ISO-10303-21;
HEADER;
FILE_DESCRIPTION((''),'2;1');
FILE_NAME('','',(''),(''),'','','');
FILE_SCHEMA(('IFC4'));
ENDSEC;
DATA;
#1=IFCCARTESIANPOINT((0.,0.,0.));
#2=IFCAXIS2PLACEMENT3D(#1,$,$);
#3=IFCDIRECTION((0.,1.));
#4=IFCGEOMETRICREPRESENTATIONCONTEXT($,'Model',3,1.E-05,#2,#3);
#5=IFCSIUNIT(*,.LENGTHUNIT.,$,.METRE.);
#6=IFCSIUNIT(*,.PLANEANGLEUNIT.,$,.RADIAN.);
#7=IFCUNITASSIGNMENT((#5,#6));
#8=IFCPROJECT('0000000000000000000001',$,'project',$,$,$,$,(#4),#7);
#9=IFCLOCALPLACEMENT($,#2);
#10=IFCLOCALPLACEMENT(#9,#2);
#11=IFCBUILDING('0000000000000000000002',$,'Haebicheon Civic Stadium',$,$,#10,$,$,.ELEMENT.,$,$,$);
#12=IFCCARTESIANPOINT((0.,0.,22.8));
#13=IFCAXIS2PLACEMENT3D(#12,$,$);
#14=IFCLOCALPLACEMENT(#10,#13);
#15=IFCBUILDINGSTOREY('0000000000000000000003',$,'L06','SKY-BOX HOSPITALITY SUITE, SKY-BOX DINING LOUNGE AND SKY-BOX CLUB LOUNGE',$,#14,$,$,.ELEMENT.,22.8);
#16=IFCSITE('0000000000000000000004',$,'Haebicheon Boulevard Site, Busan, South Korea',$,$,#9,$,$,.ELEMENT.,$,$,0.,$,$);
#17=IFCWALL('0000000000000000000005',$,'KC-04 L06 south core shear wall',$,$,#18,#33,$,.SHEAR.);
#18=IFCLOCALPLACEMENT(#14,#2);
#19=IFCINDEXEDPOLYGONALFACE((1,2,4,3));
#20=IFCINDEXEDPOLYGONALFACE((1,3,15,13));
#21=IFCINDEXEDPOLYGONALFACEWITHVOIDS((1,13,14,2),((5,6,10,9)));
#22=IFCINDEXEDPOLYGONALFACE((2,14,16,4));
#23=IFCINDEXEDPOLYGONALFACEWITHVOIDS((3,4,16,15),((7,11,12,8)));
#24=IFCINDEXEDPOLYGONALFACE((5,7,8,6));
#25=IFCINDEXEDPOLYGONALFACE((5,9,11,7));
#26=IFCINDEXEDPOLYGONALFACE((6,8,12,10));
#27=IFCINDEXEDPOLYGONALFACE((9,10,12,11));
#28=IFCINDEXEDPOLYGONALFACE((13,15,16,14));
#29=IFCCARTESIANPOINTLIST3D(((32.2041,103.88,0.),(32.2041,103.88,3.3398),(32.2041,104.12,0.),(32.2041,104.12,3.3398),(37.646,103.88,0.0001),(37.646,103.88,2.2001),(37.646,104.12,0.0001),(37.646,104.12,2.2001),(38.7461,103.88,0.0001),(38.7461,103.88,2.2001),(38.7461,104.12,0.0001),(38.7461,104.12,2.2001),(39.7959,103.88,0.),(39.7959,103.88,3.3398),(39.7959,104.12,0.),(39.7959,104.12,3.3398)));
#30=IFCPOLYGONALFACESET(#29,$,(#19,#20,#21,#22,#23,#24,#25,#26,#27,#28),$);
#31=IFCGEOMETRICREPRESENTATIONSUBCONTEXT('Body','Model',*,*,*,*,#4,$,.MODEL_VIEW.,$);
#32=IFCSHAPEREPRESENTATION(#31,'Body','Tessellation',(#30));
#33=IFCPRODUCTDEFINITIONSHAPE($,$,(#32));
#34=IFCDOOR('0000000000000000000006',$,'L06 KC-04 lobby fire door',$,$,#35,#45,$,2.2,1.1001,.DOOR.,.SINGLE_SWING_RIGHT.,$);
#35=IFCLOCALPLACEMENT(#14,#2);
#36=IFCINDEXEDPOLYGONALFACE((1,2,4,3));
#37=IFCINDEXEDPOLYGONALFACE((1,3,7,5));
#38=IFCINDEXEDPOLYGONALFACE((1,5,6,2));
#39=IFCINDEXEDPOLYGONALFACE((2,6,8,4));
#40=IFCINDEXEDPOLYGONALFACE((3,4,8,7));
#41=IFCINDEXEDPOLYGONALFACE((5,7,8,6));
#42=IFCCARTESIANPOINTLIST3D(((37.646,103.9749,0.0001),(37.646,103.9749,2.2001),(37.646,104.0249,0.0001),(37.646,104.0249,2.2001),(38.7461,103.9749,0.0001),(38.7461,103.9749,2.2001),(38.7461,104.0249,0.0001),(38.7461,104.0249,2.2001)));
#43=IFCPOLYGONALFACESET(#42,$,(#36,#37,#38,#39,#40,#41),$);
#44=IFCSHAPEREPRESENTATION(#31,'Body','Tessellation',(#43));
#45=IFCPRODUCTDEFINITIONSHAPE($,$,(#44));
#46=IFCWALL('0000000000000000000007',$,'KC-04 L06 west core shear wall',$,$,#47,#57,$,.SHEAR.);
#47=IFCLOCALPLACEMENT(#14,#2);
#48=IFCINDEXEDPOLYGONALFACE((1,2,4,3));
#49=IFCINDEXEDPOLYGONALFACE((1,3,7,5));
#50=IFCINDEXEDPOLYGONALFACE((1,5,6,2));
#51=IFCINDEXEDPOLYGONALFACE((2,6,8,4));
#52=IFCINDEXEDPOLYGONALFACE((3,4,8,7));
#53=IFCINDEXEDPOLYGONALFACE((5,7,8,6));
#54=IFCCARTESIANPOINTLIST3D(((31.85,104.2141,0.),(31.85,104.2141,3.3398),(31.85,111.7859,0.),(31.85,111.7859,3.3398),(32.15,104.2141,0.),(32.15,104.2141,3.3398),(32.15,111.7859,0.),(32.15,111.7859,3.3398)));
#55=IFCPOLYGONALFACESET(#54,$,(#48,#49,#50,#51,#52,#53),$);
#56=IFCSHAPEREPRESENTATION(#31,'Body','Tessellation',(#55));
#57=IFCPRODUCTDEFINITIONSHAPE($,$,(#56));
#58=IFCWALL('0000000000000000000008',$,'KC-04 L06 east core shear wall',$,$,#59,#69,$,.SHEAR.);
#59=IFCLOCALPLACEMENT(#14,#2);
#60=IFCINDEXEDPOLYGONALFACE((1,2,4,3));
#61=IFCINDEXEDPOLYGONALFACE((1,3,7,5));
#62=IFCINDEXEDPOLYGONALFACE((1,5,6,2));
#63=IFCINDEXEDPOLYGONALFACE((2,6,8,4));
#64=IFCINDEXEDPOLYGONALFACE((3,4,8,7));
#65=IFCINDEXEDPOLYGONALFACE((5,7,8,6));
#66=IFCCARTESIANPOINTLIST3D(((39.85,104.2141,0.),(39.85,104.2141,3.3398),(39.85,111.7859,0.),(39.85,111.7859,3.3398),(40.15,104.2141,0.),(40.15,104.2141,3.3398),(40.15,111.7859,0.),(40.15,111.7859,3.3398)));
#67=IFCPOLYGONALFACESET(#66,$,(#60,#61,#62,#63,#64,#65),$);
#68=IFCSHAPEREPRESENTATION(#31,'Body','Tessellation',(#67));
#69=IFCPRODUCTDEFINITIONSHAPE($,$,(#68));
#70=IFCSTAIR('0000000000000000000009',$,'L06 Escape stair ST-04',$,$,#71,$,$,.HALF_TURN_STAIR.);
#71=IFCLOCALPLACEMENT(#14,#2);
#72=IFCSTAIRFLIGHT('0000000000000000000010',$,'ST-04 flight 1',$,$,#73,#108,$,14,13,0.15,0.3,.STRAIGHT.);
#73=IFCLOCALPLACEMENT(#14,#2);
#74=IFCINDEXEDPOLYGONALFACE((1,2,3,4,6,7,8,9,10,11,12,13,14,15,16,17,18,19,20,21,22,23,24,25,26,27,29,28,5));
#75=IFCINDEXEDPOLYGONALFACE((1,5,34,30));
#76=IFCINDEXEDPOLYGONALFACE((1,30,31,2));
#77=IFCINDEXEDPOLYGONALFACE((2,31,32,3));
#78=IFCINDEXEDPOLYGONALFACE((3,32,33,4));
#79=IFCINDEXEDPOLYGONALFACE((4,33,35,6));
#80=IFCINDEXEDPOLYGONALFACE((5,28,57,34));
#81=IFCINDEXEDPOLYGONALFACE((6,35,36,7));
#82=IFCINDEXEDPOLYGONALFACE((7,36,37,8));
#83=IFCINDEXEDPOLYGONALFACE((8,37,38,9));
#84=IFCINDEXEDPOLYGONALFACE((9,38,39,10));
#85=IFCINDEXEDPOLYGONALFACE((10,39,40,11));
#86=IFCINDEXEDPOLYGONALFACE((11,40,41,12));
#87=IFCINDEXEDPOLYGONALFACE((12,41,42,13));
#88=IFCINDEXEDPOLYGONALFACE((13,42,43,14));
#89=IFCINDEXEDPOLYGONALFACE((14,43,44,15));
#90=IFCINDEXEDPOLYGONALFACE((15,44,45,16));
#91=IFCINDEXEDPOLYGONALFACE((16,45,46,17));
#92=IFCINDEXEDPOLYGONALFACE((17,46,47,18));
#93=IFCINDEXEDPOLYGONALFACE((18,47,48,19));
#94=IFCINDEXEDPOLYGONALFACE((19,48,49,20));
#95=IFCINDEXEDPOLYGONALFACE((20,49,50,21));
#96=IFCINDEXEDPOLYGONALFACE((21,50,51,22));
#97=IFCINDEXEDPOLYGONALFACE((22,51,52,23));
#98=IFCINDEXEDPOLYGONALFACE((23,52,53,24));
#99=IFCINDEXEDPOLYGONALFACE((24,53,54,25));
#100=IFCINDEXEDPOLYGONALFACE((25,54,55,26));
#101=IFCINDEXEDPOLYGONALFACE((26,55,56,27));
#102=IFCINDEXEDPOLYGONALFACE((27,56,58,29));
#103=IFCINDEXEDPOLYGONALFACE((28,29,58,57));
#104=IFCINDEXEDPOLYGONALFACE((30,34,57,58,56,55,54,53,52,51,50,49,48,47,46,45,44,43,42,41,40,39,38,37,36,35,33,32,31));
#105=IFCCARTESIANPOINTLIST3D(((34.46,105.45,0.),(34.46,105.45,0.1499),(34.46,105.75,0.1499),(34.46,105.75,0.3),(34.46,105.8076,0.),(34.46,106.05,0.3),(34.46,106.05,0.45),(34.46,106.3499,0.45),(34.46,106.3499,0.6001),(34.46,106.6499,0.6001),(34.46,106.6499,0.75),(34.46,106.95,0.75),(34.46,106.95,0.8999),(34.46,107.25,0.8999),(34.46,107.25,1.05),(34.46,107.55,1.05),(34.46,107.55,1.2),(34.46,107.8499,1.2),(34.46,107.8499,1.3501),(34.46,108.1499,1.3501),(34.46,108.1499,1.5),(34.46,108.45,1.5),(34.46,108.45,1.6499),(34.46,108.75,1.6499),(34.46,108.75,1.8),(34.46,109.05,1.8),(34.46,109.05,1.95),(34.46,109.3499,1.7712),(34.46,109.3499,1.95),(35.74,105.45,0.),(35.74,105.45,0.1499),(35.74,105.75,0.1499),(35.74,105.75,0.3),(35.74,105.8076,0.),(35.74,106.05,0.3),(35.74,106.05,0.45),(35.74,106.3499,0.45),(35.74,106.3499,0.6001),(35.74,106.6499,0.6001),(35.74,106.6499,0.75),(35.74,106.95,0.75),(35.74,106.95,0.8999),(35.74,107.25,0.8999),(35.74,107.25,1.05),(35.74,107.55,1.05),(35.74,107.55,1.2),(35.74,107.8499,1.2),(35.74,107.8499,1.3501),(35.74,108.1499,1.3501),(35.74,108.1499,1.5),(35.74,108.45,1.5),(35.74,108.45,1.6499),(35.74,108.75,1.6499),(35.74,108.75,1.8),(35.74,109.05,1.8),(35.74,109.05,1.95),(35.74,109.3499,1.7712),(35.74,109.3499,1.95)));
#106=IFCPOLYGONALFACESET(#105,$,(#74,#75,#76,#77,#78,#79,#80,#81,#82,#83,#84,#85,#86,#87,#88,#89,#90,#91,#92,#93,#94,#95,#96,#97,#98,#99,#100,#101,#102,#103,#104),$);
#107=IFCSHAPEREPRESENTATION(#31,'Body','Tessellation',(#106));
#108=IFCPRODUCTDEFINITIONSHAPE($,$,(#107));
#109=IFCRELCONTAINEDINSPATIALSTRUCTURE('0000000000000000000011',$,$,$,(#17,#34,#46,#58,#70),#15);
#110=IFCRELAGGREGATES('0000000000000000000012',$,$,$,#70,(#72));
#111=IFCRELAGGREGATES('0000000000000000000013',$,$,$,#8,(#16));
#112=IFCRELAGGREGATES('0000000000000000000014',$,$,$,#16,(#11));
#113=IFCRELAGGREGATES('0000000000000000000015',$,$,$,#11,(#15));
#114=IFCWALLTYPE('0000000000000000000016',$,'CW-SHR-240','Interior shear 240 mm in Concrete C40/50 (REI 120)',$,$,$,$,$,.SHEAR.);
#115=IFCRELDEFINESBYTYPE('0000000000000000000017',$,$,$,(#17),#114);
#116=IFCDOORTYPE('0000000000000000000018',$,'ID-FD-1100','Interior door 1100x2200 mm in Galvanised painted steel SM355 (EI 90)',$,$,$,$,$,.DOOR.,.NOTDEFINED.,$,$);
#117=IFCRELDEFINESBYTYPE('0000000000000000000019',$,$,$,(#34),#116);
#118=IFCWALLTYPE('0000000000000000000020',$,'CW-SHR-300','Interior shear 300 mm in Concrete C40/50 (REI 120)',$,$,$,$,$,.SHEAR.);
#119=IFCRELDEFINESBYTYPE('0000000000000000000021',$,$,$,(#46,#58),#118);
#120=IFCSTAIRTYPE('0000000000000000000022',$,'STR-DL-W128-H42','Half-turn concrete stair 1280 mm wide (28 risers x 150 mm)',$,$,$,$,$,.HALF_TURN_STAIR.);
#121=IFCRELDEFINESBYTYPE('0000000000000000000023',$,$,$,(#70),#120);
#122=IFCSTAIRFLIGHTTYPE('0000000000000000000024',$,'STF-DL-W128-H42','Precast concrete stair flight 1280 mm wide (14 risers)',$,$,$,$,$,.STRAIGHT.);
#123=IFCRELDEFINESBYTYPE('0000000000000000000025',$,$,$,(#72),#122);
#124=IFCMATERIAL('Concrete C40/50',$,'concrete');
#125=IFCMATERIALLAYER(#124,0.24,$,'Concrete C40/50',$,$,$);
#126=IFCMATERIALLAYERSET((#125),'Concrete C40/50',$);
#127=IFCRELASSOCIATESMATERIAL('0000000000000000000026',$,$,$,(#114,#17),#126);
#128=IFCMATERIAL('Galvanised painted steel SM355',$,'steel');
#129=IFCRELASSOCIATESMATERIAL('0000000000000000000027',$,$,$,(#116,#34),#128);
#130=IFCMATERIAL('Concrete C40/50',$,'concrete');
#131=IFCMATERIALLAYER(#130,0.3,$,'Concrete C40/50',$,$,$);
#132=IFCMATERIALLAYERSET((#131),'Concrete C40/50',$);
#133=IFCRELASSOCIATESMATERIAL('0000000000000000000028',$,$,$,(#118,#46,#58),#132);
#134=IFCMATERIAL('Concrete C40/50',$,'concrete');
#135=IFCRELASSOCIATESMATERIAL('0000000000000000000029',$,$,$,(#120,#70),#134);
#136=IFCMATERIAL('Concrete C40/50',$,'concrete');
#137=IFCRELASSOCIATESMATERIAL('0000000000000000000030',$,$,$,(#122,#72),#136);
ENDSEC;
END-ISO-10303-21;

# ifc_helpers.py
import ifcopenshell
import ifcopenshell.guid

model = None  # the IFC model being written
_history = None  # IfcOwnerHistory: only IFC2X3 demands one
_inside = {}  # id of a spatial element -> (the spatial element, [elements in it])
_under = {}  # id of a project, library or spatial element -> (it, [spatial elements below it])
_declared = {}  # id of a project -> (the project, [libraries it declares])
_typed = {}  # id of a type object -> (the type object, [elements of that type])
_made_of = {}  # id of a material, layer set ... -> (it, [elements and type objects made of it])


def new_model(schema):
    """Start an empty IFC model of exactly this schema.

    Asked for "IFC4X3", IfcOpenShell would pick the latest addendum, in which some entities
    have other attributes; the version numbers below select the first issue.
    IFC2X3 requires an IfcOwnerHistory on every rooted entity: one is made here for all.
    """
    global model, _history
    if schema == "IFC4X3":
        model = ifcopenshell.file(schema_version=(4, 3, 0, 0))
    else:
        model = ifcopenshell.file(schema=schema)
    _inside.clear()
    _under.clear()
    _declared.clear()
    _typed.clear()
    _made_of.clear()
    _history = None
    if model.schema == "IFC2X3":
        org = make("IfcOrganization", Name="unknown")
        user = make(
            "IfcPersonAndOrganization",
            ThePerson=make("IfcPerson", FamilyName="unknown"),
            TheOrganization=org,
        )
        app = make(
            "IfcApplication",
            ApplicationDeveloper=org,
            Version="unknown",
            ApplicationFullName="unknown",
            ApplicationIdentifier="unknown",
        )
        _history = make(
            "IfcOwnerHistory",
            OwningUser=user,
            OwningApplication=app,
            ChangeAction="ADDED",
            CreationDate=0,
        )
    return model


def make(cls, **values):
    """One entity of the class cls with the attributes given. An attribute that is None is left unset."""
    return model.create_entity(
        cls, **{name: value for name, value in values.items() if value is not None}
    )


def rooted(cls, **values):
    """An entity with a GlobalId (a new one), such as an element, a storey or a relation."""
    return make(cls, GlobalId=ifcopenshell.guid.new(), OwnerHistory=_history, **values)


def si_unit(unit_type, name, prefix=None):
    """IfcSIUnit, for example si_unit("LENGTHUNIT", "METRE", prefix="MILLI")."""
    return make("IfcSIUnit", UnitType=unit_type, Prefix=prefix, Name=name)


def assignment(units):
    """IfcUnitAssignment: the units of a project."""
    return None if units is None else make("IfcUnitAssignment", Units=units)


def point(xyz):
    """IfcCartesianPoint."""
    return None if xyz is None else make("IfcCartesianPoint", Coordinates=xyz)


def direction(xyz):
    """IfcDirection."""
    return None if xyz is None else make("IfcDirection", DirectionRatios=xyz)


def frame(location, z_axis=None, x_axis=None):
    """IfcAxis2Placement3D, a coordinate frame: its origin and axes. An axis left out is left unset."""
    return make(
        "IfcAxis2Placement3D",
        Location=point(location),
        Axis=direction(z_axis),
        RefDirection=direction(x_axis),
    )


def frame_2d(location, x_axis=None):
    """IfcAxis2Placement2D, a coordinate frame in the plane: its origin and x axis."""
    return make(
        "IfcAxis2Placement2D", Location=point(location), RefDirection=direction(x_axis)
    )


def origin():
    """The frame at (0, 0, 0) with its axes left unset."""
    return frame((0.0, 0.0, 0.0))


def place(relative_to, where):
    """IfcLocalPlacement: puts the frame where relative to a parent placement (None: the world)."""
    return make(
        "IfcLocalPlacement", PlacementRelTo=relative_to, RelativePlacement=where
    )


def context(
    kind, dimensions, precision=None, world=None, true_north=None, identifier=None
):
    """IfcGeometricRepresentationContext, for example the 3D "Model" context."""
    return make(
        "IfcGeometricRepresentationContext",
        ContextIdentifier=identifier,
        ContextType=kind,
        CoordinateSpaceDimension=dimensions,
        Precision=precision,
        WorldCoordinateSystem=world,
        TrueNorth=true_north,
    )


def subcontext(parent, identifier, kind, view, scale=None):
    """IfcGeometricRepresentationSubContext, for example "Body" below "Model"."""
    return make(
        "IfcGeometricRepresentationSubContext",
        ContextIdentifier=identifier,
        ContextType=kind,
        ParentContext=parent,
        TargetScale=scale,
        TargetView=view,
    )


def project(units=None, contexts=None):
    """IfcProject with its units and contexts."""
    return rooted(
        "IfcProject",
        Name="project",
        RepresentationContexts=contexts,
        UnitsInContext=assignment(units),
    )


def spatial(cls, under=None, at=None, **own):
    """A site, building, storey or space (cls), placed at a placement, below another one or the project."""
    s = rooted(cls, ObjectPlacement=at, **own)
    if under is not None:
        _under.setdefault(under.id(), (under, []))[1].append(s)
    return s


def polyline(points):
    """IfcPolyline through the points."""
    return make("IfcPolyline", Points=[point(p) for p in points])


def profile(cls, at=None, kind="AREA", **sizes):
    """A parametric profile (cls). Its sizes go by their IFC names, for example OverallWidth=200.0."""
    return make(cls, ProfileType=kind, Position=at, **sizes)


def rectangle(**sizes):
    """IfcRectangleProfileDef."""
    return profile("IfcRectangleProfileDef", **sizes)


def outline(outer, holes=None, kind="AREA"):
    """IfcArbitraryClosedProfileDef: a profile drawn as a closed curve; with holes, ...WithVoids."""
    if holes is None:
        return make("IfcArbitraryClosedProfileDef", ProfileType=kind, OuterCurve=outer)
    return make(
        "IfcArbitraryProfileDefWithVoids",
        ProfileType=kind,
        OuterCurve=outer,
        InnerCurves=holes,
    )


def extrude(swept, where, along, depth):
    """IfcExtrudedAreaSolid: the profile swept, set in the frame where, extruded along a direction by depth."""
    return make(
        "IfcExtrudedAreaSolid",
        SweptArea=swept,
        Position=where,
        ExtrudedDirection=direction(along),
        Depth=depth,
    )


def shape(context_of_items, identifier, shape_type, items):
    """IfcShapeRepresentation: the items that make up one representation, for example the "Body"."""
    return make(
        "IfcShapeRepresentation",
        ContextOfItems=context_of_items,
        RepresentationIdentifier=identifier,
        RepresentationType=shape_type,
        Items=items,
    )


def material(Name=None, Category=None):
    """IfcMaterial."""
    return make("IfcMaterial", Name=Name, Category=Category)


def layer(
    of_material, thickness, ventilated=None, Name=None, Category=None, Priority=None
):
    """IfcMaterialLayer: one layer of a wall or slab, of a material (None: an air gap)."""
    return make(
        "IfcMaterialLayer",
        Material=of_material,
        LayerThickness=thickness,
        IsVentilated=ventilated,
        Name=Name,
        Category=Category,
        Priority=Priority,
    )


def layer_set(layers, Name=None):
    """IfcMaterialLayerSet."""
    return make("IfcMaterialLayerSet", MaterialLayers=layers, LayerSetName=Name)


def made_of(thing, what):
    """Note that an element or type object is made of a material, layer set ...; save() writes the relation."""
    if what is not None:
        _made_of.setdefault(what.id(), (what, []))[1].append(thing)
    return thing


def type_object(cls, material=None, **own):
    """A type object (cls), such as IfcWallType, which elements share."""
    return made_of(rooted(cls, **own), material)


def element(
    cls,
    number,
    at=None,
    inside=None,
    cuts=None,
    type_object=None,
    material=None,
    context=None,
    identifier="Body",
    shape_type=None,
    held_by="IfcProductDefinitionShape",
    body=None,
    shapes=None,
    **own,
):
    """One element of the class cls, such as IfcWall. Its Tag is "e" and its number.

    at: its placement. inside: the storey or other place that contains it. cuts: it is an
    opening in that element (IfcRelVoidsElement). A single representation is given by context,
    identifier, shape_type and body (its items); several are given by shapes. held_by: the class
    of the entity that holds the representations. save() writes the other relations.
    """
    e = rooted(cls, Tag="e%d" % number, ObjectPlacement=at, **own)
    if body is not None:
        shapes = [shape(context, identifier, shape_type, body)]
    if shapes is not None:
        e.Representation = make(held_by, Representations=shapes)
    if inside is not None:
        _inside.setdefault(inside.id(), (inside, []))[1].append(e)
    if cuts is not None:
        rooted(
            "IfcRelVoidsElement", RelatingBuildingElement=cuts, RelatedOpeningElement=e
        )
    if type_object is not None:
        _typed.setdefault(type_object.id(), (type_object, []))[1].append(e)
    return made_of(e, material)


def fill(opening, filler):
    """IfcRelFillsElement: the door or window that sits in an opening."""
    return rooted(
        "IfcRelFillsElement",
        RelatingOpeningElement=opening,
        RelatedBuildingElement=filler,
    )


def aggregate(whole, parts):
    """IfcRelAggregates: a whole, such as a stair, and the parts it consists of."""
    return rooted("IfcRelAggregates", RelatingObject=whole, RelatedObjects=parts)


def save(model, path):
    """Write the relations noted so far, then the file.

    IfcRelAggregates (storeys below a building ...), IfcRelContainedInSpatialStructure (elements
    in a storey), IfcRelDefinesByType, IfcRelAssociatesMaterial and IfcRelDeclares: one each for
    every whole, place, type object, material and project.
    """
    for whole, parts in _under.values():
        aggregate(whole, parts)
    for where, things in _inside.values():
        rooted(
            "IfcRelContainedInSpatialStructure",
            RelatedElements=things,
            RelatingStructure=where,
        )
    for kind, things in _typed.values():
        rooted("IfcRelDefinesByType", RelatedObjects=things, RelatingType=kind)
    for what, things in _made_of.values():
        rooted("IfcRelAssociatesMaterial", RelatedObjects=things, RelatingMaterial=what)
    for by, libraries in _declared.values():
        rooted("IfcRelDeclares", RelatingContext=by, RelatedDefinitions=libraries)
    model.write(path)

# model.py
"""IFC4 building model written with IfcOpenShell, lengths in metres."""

from ifc_helpers import new_model, si_unit, direction, frame, frame_2d, origin, place, context, subcontext, project, spatial, polyline, rectangle, outline, extrude, material, layer, layer_set, type_object, element, fill, aggregate, save


model = new_model("IFC4")

# Units and contexts
model_context = context("Model", 3, precision=1e-05, world=origin(), true_north=direction((0.0, 1.0)))
body_context = subcontext(model_context, "Body", "Model", "MODEL_VIEW")
ifc_project = project(units=[si_unit("LENGTHUNIT", "METRE"), si_unit("PLANEANGLEUNIT", "RADIAN")], contexts=[model_context])

# Site, building, storey
site_placement = place(None, origin())
site = spatial("IfcSite", under=ifc_project, at=site_placement, Name="Haebicheon Boulevard Site, Busan, South Korea", CompositionType="ELEMENT", RefElevation=0.0)
building_placement = place(site_placement, origin())
building = spatial("IfcBuilding", under=site, at=building_placement, Name="Haebicheon Civic Stadium", CompositionType="ELEMENT")
storey_placement = place(building_placement, frame((0.0, 0.0, 22.8)))
storey = spatial("IfcBuildingStorey", under=building, at=storey_placement, Name="L06", Description="SKY-BOX HOSPITALITY SUITE, SKY-BOX DINING LOUNGE AND SKY-BOX CLUB LOUNGE", CompositionType="ELEMENT", Elevation=22.8)

# Wall, opening, door
ifc_material_1 = material(Name="Concrete C40/50", Category="concrete")
ifc_layer_1 = layer(ifc_material_1, 0.24, Name="Concrete C40/50")
ifc_layer_set_1 = layer_set([ifc_layer_1], Name="Concrete C40/50")
wall_type_1 = type_object("IfcWallType", Name="CW-SHR-240", Description="Interior shear 240 mm in Concrete C40/50 (REI 120)", PredefinedType="SHEAR", material=ifc_layer_set_1)
wall_1_placement = place(storey_placement, frame((32.2041, 104.0, 0.0), z_axis=(0.0, 0.0, 1.0), x_axis=(1.0, 0.0, 0.0)))
wall_1 = element("IfcWall", 1, at=wall_1_placement, inside=storey, type_object=wall_type_1, material=ifc_layer_set_1, Name="KC-04 L06 south core shear wall", PredefinedType="SHEAR", context=body_context, shape_type="SweptSolid", body=[
    extrude(rectangle(XDim=7.5918, YDim=0.24, at=frame_2d((3.7959, 0.0))), origin(), (0.0, 0.0, 1.0), 3.3398),
])
opening_1_placement = place(wall_1_placement, frame((5.4419, 0.0, 0.0)))
opening_1 = element("IfcOpeningElement", 2, at=opening_1_placement, cuts=wall_1, PredefinedType="OPENING", context=body_context, shape_type="SweptSolid", body=[
    extrude(rectangle(XDim=1.1001, YDim=2.2, at=frame_2d((0.55, 1.1001))), frame((0.0, 0.1299, 0.0), z_axis=(0.0, -1.0, 0.0), x_axis=(1.0, 0.0, 0.0)), (0.0, 0.0, 1.0), 0.26),
])
ifc_material_2 = material(Name="Galvanised painted steel SM355", Category="steel")
door_type_1 = type_object("IfcDoorType", Name="ID-FD-1100", Description="Interior door 1100x2200 mm in Galvanised painted steel SM355 (EI 90)", OperationType="NOTDEFINED", PredefinedType="DOOR", material=ifc_material_2)
door_1_placement = place(opening_1_placement, origin())
door_1 = element("IfcDoor", 3, at=door_1_placement, inside=storey, type_object=door_type_1, material=ifc_material_2, Name="L06 KC-04 lobby fire door", OperationType="SINGLE_SWING_RIGHT", OverallHeight=2.2, OverallWidth=1.1001, PredefinedType="DOOR", context=body_context, shape_type="SweptSolid", body=[
    extrude(rectangle(XDim=1.1001, YDim=2.2, at=frame_2d((0.55, 1.1001))), frame((0.0, 0.0249, 0.0), z_axis=(0.0, -1.0, 0.0), x_axis=(1.0, 0.0, 0.0)), (0.0, 0.0, 1.0), 0.05),
])
fill(opening_1, door_1)

# Walls
ifc_material_3 = material(Name="Concrete C40/50", Category="concrete")
ifc_layer_2 = layer(ifc_material_3, 0.3, Name="Concrete C40/50")
ifc_layer_set_2 = layer_set([ifc_layer_2], Name="Concrete C40/50")
wall_type_2 = type_object("IfcWallType", Name="CW-SHR-300", Description="Interior shear 300 mm in Concrete C40/50 (REI 120)", PredefinedType="SHEAR", material=ifc_layer_set_2)
for number, where, z_axis, x_axis, name in (
    (4, (32.0, 104.2141, 0.0), (0.0, 0.0, 1.0), (0.0, 1.0, 0.0), "KC-04 L06 west core shear wall"),
    (5, (40.0, 104.2141, 0.0), (0.0, 0.0, 1.0), (0.0, 1.0, 0.0), "KC-04 L06 east core shear wall"),
):
    element("IfcWall", number, at=place(storey_placement, frame(where, z_axis=z_axis, x_axis=x_axis)), inside=storey, type_object=wall_type_2, material=ifc_layer_set_2, Name=name, PredefinedType="SHEAR", context=body_context, shape_type="SweptSolid", body=[
        extrude(rectangle(XDim=7.5718, YDim=0.3, at=frame_2d((3.7859, 0.0))), origin(), (0.0, 0.0, 1.0), 3.3398),
    ])

# Stair, stair flight
ifc_material_4 = material(Name="Concrete C40/50", Category="concrete")
stair_type = type_object("IfcStairType", Name="STR-DL-W128-H42", Description="Half-turn concrete stair 1280 mm wide (28 risers x 150 mm)", PredefinedType="HALF_TURN_STAIR", material=ifc_material_4)
stair_placement = place(storey_placement, origin())
stair = element("IfcStair", 6, at=stair_placement, inside=storey, type_object=stair_type, material=ifc_material_4, Name="L06 Escape stair ST-04", PredefinedType="HALF_TURN_STAIR")
ifc_material_5 = material(Name="Concrete C40/50", Category="concrete")
stair_flight_type = type_object("IfcStairFlightType", Name="STF-DL-W128-H42", Description="Precast concrete stair flight 1280 mm wide (14 risers)", PredefinedType="STRAIGHT", material=ifc_material_5)
stair_flight_placement = place(storey_placement, frame((35.1001, 105.45, 0.0), z_axis=(0.0, 0.0, 1.0), x_axis=(0.0, 1.0, 0.0)))
stair_flight = element("IfcStairFlight", 7, at=stair_flight_placement, type_object=stair_flight_type, material=ifc_material_5, Name="ST-04 flight 1", NumberOfRisers=14, NumberOfTreads=13, PredefinedType="STRAIGHT", RiserHeight=0.15, TreadLength=0.3, context=body_context, shape_type="SweptSolid", body=[
    extrude(outline(polyline([(0.0, 0.0), (0.0, 0.1499), (0.3, 0.1499), (0.3, 0.3), (0.6001, 0.3), (0.6001, 0.45), (0.8999, 0.45), (0.8999, 0.6001), (1.2, 0.6001), (1.2, 0.75), (1.5, 0.75), (1.5, 0.8999), (1.8, 0.8999), (1.8, 1.05), (2.1001, 1.05), (2.1001, 1.2), (2.3999, 1.2), (2.3999, 1.3501), (2.7, 1.3501), (2.7, 1.5), (3.0, 1.5), (3.0, 1.6499), (3.3, 1.6499), (3.3, 1.8), (3.6001, 1.8), (3.6001, 1.95), (3.8999, 1.95), (3.8999, 2.1001), (3.8999, 1.7712), (0.3577, 0.0), (0.0, 0.0)])), frame((0.0, 0.6401, 0.0), z_axis=(0.0, -1.0, 0.0), x_axis=(1.0, 0.0, 0.0)), (0.0, 0.0, 1.0), 1.28),
])
aggregate(stair, [stair_flight])

save(model, "model.ifc")
